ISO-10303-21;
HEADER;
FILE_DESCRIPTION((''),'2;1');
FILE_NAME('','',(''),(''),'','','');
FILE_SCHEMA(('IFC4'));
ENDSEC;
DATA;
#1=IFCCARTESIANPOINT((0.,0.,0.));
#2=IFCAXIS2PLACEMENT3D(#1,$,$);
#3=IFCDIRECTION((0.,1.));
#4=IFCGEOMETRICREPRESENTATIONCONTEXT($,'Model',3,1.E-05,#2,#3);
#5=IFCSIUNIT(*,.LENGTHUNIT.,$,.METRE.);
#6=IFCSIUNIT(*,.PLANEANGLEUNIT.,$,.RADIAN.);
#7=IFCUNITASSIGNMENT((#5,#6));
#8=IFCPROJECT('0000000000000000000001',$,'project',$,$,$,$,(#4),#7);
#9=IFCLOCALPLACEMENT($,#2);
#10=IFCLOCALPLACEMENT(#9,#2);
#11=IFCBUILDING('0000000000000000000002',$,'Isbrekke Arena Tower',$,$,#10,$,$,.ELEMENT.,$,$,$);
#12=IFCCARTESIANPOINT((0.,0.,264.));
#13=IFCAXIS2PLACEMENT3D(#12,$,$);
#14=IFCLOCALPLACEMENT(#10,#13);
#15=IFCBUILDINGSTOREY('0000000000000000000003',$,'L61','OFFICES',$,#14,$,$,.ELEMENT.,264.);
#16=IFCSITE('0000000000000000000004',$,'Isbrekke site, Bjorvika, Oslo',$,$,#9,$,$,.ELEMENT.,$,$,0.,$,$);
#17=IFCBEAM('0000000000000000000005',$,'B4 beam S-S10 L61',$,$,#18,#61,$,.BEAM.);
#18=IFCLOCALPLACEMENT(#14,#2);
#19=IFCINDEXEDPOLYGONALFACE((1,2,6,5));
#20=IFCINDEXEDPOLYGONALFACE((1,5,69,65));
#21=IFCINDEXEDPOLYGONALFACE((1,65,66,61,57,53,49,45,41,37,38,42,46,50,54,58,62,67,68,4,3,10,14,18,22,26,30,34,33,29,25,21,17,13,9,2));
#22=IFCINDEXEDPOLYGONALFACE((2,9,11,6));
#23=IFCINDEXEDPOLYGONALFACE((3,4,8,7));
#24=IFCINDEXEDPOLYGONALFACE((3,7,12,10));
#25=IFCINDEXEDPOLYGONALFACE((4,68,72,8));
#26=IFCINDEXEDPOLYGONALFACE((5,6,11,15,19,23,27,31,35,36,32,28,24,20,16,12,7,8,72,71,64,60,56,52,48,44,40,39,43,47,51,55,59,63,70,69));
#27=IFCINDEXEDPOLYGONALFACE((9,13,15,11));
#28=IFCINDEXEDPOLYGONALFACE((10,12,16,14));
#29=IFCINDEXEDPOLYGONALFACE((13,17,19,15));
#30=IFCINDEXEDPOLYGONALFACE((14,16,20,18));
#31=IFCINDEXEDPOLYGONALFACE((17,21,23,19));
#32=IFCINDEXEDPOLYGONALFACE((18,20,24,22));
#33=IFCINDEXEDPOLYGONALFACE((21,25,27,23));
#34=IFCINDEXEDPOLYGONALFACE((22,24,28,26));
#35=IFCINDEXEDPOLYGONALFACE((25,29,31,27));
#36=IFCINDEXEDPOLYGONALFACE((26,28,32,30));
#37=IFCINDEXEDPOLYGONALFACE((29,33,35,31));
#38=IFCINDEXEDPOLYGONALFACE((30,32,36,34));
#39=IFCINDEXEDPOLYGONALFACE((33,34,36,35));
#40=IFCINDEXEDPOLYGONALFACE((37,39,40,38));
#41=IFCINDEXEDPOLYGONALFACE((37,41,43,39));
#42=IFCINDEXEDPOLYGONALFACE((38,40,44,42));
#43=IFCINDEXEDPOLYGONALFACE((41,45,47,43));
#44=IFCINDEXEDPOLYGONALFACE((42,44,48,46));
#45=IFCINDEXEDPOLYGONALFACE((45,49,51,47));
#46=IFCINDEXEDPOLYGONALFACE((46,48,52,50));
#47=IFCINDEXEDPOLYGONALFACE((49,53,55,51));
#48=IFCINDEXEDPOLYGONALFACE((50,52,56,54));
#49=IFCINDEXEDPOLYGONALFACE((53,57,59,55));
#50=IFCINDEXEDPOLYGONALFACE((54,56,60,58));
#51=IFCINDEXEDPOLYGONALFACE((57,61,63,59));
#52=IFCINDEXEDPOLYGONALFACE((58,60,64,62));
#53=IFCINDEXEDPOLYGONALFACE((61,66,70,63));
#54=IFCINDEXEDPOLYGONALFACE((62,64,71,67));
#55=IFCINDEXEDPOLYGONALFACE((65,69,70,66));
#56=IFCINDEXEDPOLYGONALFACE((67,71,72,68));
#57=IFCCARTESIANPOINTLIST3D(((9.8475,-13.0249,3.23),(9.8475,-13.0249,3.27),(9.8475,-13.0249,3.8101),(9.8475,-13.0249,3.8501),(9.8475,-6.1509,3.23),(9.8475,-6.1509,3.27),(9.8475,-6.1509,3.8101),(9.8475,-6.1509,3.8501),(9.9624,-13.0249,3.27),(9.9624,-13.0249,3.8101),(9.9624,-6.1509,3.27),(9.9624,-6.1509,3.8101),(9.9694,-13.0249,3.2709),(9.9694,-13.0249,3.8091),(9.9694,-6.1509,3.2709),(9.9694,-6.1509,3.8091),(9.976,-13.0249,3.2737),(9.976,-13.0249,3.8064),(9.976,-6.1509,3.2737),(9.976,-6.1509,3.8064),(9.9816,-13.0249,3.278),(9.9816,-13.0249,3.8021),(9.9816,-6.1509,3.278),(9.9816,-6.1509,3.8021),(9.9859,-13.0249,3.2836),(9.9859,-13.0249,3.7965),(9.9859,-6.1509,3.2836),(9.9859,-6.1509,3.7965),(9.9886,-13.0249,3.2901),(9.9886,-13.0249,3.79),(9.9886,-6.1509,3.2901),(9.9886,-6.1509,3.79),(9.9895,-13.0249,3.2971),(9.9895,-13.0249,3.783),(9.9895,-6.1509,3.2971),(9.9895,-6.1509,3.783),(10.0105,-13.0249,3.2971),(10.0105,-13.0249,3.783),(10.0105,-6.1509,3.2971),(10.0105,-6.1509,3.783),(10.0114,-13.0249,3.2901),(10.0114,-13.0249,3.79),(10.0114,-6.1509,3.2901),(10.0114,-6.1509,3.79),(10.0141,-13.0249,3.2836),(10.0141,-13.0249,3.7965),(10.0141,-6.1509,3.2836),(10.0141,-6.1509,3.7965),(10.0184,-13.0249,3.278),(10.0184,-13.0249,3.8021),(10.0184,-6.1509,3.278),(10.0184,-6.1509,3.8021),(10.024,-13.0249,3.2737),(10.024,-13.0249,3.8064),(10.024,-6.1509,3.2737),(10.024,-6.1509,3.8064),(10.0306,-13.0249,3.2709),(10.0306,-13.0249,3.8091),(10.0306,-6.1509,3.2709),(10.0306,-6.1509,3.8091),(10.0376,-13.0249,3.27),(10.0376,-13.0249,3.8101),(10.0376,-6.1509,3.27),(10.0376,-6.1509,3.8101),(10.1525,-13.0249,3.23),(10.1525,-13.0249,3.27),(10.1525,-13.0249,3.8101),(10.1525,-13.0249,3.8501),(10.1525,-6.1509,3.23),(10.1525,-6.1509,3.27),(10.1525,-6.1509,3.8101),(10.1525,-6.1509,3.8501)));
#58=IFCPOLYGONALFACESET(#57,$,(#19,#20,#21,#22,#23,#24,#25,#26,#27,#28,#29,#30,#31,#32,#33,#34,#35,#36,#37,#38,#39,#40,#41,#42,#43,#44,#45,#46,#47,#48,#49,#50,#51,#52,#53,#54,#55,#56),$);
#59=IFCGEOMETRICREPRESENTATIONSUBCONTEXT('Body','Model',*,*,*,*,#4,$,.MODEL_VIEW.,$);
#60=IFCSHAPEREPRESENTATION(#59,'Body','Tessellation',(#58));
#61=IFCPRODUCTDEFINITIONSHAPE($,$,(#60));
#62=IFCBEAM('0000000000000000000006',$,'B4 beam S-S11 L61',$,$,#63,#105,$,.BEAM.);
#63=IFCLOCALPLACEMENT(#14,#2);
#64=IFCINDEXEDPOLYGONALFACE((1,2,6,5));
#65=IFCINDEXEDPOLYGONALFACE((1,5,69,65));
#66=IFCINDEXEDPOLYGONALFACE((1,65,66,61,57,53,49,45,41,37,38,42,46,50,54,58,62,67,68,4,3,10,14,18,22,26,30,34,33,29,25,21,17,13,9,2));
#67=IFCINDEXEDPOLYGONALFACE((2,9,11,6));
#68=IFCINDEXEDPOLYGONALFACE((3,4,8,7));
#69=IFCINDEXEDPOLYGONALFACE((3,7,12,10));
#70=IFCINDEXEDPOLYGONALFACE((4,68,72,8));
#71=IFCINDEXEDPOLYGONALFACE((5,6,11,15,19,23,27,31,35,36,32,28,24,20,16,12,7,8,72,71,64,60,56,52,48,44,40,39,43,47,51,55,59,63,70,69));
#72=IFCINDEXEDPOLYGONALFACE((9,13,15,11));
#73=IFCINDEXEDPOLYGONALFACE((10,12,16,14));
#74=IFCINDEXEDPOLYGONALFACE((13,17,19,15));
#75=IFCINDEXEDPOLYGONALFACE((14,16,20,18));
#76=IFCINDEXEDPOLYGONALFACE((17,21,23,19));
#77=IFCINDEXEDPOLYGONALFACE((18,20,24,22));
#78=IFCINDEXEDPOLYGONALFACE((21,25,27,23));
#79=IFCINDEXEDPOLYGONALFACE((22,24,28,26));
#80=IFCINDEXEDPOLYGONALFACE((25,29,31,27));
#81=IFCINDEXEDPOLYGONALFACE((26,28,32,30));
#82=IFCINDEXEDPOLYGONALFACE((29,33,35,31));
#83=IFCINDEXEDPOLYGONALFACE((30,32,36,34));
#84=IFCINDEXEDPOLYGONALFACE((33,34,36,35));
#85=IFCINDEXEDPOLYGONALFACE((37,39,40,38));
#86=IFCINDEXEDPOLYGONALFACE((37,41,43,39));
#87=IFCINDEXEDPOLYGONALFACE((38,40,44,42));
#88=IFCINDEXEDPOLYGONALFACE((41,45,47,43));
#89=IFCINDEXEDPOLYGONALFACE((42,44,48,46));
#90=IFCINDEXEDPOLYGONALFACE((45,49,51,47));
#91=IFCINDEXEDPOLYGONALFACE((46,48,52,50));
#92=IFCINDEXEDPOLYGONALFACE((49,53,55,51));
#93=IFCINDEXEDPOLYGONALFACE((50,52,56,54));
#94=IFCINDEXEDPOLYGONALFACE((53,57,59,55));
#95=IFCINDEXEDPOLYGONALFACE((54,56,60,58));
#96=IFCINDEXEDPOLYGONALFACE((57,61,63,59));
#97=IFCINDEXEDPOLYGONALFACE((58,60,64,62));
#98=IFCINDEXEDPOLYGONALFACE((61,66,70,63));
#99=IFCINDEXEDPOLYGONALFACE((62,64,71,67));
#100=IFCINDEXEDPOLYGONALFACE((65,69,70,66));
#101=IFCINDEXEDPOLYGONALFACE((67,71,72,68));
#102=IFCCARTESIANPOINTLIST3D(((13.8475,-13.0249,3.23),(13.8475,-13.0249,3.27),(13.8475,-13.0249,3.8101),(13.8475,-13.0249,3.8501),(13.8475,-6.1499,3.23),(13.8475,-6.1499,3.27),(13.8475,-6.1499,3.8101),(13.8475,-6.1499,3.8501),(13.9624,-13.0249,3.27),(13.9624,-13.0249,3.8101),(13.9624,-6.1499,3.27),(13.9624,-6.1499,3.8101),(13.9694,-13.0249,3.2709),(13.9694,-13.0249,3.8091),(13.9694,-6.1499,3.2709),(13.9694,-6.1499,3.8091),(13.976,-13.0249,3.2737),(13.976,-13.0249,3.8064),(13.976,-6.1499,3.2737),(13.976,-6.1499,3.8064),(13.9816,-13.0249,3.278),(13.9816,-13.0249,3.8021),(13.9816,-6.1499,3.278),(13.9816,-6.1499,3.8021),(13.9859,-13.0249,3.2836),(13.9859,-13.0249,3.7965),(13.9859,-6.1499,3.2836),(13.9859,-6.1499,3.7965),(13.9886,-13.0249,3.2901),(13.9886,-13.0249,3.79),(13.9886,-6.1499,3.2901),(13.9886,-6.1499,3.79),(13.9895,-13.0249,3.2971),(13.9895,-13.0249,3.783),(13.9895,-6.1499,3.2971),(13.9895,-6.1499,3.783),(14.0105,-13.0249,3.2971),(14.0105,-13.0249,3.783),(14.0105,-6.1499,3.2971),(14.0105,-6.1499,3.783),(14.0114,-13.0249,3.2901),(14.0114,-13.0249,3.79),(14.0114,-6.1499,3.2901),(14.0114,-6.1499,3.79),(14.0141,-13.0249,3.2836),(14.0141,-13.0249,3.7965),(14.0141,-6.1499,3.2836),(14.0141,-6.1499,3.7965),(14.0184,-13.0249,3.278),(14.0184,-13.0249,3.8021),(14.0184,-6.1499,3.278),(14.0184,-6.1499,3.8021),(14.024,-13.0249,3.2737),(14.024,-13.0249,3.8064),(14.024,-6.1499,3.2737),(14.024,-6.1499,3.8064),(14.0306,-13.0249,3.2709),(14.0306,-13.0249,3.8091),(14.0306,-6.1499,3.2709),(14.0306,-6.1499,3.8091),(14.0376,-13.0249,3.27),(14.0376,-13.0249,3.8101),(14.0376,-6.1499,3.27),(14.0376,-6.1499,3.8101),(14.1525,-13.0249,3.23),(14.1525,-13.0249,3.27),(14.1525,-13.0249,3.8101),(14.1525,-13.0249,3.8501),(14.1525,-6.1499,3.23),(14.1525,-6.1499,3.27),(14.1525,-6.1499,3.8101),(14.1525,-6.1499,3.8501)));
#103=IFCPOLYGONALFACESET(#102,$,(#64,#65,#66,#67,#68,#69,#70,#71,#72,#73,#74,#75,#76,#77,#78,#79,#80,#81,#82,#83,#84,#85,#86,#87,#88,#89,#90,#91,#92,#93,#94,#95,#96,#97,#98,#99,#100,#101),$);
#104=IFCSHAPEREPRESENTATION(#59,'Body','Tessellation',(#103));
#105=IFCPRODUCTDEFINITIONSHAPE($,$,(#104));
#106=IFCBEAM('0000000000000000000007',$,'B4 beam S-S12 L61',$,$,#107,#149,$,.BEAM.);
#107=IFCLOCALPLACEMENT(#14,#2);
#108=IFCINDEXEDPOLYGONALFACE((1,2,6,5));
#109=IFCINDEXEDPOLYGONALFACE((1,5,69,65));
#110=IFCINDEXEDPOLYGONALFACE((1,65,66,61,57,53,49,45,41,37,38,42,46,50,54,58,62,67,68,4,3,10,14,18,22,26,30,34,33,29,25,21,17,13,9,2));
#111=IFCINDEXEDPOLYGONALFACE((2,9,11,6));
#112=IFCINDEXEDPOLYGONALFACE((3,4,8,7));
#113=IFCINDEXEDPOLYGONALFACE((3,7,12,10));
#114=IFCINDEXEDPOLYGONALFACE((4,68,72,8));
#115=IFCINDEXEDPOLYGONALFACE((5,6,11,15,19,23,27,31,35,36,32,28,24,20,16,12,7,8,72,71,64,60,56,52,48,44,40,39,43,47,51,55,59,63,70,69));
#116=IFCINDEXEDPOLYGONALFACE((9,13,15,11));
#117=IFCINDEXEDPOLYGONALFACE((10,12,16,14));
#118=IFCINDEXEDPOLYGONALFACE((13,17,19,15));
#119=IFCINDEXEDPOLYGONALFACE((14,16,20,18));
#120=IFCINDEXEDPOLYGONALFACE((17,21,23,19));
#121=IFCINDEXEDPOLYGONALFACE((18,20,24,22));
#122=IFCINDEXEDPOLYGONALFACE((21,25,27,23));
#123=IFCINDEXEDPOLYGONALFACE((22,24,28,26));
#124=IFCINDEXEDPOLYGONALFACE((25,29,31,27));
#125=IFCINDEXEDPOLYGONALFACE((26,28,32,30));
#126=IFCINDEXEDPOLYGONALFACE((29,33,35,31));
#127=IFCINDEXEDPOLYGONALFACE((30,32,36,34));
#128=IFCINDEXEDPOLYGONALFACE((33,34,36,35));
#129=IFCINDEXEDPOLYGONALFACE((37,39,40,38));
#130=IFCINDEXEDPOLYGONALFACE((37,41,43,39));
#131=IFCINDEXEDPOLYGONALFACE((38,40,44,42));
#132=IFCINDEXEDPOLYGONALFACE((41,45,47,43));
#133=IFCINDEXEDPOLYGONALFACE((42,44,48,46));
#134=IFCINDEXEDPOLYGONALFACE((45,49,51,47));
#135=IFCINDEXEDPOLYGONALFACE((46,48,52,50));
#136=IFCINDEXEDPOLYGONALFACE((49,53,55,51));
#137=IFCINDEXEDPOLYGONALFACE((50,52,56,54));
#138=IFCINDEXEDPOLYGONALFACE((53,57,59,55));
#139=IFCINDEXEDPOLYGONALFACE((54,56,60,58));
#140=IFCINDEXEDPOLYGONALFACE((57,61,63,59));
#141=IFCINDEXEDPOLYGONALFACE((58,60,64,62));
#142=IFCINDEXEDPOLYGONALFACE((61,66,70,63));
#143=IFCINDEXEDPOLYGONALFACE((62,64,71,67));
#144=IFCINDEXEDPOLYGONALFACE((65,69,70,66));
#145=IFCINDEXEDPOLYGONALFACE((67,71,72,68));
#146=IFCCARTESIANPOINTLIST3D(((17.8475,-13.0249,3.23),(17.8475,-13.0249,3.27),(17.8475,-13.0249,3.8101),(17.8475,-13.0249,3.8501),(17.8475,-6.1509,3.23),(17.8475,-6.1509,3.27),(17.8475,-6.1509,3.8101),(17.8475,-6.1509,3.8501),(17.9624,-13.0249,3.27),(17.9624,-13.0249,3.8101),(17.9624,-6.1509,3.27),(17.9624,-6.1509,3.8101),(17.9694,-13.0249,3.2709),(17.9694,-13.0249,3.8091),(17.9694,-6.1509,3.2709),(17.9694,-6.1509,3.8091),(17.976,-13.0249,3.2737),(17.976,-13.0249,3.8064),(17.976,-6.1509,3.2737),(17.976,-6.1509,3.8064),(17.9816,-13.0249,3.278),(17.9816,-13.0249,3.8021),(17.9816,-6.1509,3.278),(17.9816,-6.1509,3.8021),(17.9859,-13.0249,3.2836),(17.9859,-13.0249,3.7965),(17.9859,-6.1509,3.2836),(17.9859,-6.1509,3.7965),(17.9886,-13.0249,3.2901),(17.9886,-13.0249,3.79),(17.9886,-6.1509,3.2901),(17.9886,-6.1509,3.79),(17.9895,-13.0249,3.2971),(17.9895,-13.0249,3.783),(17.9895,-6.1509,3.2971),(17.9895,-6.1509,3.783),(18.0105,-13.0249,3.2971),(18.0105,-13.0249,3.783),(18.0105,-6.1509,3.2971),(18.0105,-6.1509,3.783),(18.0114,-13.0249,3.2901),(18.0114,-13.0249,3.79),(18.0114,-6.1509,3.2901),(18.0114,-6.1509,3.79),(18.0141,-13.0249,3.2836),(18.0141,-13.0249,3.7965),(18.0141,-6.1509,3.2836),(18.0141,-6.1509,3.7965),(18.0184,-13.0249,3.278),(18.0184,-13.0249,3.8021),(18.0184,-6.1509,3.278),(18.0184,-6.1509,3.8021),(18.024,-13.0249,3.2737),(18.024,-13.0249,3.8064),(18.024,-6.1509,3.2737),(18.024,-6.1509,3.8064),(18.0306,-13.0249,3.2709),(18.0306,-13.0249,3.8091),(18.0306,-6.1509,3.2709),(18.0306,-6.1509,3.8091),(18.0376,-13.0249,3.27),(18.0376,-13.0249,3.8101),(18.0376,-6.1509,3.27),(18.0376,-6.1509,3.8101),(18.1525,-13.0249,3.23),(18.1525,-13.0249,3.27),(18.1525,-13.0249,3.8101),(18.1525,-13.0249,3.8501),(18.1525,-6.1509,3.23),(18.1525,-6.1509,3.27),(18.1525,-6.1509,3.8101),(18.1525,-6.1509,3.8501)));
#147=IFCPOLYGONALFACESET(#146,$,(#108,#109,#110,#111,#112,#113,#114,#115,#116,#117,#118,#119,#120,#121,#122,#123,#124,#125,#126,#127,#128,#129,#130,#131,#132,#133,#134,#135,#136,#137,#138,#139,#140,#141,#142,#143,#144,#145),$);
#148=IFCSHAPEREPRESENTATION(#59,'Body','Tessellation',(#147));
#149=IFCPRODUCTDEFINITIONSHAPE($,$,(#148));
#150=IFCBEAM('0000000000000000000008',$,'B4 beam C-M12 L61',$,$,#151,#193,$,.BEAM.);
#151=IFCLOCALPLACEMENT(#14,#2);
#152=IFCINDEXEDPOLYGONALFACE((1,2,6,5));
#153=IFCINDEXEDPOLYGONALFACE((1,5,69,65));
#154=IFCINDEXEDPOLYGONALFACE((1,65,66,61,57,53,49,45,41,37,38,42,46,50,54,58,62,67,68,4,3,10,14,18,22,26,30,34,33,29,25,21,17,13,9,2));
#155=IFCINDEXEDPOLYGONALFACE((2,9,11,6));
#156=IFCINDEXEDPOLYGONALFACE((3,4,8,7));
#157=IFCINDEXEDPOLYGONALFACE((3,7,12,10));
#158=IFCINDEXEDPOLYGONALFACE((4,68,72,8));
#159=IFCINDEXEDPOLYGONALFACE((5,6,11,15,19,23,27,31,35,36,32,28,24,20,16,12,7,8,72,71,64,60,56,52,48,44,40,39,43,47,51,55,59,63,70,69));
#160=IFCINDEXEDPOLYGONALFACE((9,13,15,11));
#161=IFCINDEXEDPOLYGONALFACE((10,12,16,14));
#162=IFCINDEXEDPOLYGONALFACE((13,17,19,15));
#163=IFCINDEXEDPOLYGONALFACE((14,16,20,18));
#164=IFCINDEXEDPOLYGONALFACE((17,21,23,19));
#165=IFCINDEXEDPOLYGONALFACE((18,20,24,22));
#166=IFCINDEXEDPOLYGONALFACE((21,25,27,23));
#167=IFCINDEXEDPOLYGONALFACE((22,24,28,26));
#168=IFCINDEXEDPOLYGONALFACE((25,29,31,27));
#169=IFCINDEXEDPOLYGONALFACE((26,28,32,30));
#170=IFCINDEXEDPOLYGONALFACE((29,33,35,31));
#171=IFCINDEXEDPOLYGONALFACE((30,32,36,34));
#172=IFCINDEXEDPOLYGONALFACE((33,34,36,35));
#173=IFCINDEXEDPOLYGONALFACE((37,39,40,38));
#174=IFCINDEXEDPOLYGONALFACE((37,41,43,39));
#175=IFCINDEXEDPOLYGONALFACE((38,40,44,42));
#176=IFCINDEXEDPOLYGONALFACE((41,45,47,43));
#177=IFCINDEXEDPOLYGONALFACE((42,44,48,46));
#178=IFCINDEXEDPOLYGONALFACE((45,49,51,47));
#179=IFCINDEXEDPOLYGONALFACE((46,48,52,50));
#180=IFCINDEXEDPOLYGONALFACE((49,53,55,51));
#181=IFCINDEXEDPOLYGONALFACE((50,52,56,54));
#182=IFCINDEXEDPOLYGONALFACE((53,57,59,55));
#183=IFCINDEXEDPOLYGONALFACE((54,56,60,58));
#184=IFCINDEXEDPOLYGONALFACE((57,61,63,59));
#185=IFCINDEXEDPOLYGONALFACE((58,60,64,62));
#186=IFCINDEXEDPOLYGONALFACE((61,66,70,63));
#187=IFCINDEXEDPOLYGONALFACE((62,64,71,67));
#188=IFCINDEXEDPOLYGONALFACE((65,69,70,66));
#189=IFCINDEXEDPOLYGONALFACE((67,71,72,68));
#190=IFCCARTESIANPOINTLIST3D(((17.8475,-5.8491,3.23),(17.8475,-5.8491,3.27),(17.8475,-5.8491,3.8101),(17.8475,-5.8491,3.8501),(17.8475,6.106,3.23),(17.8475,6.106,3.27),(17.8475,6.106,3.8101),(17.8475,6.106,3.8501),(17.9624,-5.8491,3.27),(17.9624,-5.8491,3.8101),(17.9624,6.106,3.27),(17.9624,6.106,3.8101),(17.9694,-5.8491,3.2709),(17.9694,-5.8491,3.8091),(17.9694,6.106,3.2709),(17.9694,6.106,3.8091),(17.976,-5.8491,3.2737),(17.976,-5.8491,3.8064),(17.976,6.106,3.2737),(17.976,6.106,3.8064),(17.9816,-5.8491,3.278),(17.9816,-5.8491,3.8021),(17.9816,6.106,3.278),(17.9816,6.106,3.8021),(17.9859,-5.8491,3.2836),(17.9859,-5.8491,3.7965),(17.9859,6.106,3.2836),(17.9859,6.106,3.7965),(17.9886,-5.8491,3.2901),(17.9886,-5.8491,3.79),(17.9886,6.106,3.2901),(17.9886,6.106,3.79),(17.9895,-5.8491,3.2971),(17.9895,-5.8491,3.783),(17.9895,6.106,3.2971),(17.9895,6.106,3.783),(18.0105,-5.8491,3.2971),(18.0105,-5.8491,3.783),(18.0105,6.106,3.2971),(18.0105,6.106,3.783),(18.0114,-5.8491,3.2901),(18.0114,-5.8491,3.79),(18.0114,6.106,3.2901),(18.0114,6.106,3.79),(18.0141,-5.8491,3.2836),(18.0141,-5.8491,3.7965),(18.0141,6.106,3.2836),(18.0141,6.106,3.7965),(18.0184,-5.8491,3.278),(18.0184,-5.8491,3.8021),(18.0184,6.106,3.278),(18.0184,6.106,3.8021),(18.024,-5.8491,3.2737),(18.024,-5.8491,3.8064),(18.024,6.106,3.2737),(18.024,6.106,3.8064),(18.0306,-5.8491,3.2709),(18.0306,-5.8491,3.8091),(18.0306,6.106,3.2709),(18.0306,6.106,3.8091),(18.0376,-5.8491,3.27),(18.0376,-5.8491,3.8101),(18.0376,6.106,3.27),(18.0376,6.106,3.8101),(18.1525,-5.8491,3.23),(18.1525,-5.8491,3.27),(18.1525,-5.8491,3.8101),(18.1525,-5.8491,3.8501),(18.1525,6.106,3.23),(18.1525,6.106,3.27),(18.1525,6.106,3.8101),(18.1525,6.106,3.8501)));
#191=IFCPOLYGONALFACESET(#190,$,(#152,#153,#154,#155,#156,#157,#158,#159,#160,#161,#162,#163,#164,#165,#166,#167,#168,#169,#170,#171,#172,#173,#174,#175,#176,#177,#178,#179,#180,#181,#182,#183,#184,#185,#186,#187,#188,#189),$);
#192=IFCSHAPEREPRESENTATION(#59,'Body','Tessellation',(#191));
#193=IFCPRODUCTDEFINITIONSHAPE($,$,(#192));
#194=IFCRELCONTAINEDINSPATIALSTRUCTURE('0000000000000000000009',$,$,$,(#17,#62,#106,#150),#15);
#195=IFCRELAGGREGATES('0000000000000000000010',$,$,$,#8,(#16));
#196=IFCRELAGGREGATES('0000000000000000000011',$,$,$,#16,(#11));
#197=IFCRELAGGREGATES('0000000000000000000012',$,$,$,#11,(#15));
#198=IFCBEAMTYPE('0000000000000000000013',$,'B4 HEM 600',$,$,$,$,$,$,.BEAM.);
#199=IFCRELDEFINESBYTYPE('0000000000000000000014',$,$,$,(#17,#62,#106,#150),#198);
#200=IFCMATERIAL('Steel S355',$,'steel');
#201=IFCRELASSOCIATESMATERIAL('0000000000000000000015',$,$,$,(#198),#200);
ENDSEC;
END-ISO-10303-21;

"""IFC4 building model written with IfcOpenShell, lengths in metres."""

from ifc_helpers import new_model, si_unit, direction, frame, origin, origin_2d, place, context, subcontext, project, spatial, i_section, extrude, material, material_profile, profile_set, type_object, element, save


model = new_model("IFC4")

# Units and contexts
model_context = context("Model", 3, precision=1e-05, world=origin(), true_north=direction((0.0, 1.0)))
body_context = subcontext(model_context, "Body", "Model", "MODEL_VIEW")
ifc_project = project(units=[si_unit("LENGTHUNIT", "METRE"), si_unit("PLANEANGLEUNIT", "RADIAN")], contexts=[model_context])

# Site, building, storey
site_placement = place(None, origin())
site = spatial("IfcSite", under=ifc_project, at=site_placement, Name="Isbrekke site, Bjorvika, Oslo", CompositionType="ELEMENT", RefElevation=0.0)
building_placement = place(site_placement, origin())
building = spatial("IfcBuilding", under=site, at=building_placement, Name="Isbrekke Arena Tower", CompositionType="ELEMENT")
storey_placement = place(building_placement, frame((0.0, 0.0, 264.0)))
storey = spatial("IfcBuildingStorey", under=building, at=storey_placement, Name="L61", Description="OFFICES", CompositionType="ELEMENT", Elevation=264.0)

# Beams
ifc_material_1 = material(Name="Steel S355", Category="steel")
ifc_material_profile_1 = material_profile(ifc_material_1, i_section(OverallWidth=0.3049, OverallDepth=0.6201, WebThickness=0.021, FlangeThickness=0.04, FilletRadius=0.0271, at=origin_2d()), Name="HEM 600")
ifc_profile_set_1 = profile_set([ifc_material_profile_1], Name="Steel S355")
beam_type_1 = type_object("IfcBeamType", Name="B4 HEM 600", PredefinedType="BEAM", material=ifc_profile_set_1)
for number, where, z_axis, x_axis, name in (
    (1, (10.0, -13.0249, 3.54), (0.0, 1.0, 0.0), (-1.0, 0.0, 0.0), "B4 beam S-S10 L61"),
):
    element("IfcBeam", number, at=place(storey_placement, frame(where, z_axis=z_axis, x_axis=x_axis)), inside=storey, type_object=beam_type_1, Name=name, PredefinedType="BEAM", context=body_context, shape_type="SweptSolid", body=[
        extrude(i_section(OverallWidth=0.3049, OverallDepth=0.6201, WebThickness=0.021, FlangeThickness=0.04, FilletRadius=0.0271, at=origin_2d()), origin(), (0.0, 0.0, 1.0), 6.874),
    ])
beam_1_placement = place(storey_placement, frame((14.0, -13.0249, 3.54), z_axis=(0.0, 1.0, 0.0), x_axis=(-1.0, 0.0, 0.0)))
element("IfcBeam", 2, at=beam_1_placement, inside=storey, type_object=beam_type_1, Name="B4 beam S-S11 L61", PredefinedType="BEAM", context=body_context, shape_type="SweptSolid", body=[
    extrude(i_section(OverallWidth=0.3049, OverallDepth=0.6201, WebThickness=0.021, FlangeThickness=0.04, FilletRadius=0.0271, at=origin_2d()), origin(), (0.0, 0.0, 1.0), 6.875),
])
beam_2_placement = place(storey_placement, frame((18.0, -13.0249, 3.54), z_axis=(0.0, 1.0, 0.0), x_axis=(-1.0, 0.0, 0.0)))
element("IfcBeam", 3, at=beam_2_placement, inside=storey, type_object=beam_type_1, Name="B4 beam S-S12 L61", PredefinedType="BEAM", context=body_context, shape_type="SweptSolid", body=[
    extrude(i_section(OverallWidth=0.3049, OverallDepth=0.6201, WebThickness=0.021, FlangeThickness=0.04, FilletRadius=0.0271, at=origin_2d()), origin(), (0.0, 0.0, 1.0), 6.874),
])
beam_3_placement = place(storey_placement, frame((18.0, -5.8491, 3.54), z_axis=(0.0, 1.0, 0.0), x_axis=(-1.0, 0.0, 0.0)))
element("IfcBeam", 4, at=beam_3_placement, inside=storey, type_object=beam_type_1, Name="B4 beam C-M12 L61", PredefinedType="BEAM", context=body_context, shape_type="SweptSolid", body=[
    extrude(i_section(OverallWidth=0.3049, OverallDepth=0.6201, WebThickness=0.021, FlangeThickness=0.04, FilletRadius=0.0271, at=origin_2d()), origin(), (0.0, 0.0, 1.0), 11.9551),
])

save(model, "model.ifc")
